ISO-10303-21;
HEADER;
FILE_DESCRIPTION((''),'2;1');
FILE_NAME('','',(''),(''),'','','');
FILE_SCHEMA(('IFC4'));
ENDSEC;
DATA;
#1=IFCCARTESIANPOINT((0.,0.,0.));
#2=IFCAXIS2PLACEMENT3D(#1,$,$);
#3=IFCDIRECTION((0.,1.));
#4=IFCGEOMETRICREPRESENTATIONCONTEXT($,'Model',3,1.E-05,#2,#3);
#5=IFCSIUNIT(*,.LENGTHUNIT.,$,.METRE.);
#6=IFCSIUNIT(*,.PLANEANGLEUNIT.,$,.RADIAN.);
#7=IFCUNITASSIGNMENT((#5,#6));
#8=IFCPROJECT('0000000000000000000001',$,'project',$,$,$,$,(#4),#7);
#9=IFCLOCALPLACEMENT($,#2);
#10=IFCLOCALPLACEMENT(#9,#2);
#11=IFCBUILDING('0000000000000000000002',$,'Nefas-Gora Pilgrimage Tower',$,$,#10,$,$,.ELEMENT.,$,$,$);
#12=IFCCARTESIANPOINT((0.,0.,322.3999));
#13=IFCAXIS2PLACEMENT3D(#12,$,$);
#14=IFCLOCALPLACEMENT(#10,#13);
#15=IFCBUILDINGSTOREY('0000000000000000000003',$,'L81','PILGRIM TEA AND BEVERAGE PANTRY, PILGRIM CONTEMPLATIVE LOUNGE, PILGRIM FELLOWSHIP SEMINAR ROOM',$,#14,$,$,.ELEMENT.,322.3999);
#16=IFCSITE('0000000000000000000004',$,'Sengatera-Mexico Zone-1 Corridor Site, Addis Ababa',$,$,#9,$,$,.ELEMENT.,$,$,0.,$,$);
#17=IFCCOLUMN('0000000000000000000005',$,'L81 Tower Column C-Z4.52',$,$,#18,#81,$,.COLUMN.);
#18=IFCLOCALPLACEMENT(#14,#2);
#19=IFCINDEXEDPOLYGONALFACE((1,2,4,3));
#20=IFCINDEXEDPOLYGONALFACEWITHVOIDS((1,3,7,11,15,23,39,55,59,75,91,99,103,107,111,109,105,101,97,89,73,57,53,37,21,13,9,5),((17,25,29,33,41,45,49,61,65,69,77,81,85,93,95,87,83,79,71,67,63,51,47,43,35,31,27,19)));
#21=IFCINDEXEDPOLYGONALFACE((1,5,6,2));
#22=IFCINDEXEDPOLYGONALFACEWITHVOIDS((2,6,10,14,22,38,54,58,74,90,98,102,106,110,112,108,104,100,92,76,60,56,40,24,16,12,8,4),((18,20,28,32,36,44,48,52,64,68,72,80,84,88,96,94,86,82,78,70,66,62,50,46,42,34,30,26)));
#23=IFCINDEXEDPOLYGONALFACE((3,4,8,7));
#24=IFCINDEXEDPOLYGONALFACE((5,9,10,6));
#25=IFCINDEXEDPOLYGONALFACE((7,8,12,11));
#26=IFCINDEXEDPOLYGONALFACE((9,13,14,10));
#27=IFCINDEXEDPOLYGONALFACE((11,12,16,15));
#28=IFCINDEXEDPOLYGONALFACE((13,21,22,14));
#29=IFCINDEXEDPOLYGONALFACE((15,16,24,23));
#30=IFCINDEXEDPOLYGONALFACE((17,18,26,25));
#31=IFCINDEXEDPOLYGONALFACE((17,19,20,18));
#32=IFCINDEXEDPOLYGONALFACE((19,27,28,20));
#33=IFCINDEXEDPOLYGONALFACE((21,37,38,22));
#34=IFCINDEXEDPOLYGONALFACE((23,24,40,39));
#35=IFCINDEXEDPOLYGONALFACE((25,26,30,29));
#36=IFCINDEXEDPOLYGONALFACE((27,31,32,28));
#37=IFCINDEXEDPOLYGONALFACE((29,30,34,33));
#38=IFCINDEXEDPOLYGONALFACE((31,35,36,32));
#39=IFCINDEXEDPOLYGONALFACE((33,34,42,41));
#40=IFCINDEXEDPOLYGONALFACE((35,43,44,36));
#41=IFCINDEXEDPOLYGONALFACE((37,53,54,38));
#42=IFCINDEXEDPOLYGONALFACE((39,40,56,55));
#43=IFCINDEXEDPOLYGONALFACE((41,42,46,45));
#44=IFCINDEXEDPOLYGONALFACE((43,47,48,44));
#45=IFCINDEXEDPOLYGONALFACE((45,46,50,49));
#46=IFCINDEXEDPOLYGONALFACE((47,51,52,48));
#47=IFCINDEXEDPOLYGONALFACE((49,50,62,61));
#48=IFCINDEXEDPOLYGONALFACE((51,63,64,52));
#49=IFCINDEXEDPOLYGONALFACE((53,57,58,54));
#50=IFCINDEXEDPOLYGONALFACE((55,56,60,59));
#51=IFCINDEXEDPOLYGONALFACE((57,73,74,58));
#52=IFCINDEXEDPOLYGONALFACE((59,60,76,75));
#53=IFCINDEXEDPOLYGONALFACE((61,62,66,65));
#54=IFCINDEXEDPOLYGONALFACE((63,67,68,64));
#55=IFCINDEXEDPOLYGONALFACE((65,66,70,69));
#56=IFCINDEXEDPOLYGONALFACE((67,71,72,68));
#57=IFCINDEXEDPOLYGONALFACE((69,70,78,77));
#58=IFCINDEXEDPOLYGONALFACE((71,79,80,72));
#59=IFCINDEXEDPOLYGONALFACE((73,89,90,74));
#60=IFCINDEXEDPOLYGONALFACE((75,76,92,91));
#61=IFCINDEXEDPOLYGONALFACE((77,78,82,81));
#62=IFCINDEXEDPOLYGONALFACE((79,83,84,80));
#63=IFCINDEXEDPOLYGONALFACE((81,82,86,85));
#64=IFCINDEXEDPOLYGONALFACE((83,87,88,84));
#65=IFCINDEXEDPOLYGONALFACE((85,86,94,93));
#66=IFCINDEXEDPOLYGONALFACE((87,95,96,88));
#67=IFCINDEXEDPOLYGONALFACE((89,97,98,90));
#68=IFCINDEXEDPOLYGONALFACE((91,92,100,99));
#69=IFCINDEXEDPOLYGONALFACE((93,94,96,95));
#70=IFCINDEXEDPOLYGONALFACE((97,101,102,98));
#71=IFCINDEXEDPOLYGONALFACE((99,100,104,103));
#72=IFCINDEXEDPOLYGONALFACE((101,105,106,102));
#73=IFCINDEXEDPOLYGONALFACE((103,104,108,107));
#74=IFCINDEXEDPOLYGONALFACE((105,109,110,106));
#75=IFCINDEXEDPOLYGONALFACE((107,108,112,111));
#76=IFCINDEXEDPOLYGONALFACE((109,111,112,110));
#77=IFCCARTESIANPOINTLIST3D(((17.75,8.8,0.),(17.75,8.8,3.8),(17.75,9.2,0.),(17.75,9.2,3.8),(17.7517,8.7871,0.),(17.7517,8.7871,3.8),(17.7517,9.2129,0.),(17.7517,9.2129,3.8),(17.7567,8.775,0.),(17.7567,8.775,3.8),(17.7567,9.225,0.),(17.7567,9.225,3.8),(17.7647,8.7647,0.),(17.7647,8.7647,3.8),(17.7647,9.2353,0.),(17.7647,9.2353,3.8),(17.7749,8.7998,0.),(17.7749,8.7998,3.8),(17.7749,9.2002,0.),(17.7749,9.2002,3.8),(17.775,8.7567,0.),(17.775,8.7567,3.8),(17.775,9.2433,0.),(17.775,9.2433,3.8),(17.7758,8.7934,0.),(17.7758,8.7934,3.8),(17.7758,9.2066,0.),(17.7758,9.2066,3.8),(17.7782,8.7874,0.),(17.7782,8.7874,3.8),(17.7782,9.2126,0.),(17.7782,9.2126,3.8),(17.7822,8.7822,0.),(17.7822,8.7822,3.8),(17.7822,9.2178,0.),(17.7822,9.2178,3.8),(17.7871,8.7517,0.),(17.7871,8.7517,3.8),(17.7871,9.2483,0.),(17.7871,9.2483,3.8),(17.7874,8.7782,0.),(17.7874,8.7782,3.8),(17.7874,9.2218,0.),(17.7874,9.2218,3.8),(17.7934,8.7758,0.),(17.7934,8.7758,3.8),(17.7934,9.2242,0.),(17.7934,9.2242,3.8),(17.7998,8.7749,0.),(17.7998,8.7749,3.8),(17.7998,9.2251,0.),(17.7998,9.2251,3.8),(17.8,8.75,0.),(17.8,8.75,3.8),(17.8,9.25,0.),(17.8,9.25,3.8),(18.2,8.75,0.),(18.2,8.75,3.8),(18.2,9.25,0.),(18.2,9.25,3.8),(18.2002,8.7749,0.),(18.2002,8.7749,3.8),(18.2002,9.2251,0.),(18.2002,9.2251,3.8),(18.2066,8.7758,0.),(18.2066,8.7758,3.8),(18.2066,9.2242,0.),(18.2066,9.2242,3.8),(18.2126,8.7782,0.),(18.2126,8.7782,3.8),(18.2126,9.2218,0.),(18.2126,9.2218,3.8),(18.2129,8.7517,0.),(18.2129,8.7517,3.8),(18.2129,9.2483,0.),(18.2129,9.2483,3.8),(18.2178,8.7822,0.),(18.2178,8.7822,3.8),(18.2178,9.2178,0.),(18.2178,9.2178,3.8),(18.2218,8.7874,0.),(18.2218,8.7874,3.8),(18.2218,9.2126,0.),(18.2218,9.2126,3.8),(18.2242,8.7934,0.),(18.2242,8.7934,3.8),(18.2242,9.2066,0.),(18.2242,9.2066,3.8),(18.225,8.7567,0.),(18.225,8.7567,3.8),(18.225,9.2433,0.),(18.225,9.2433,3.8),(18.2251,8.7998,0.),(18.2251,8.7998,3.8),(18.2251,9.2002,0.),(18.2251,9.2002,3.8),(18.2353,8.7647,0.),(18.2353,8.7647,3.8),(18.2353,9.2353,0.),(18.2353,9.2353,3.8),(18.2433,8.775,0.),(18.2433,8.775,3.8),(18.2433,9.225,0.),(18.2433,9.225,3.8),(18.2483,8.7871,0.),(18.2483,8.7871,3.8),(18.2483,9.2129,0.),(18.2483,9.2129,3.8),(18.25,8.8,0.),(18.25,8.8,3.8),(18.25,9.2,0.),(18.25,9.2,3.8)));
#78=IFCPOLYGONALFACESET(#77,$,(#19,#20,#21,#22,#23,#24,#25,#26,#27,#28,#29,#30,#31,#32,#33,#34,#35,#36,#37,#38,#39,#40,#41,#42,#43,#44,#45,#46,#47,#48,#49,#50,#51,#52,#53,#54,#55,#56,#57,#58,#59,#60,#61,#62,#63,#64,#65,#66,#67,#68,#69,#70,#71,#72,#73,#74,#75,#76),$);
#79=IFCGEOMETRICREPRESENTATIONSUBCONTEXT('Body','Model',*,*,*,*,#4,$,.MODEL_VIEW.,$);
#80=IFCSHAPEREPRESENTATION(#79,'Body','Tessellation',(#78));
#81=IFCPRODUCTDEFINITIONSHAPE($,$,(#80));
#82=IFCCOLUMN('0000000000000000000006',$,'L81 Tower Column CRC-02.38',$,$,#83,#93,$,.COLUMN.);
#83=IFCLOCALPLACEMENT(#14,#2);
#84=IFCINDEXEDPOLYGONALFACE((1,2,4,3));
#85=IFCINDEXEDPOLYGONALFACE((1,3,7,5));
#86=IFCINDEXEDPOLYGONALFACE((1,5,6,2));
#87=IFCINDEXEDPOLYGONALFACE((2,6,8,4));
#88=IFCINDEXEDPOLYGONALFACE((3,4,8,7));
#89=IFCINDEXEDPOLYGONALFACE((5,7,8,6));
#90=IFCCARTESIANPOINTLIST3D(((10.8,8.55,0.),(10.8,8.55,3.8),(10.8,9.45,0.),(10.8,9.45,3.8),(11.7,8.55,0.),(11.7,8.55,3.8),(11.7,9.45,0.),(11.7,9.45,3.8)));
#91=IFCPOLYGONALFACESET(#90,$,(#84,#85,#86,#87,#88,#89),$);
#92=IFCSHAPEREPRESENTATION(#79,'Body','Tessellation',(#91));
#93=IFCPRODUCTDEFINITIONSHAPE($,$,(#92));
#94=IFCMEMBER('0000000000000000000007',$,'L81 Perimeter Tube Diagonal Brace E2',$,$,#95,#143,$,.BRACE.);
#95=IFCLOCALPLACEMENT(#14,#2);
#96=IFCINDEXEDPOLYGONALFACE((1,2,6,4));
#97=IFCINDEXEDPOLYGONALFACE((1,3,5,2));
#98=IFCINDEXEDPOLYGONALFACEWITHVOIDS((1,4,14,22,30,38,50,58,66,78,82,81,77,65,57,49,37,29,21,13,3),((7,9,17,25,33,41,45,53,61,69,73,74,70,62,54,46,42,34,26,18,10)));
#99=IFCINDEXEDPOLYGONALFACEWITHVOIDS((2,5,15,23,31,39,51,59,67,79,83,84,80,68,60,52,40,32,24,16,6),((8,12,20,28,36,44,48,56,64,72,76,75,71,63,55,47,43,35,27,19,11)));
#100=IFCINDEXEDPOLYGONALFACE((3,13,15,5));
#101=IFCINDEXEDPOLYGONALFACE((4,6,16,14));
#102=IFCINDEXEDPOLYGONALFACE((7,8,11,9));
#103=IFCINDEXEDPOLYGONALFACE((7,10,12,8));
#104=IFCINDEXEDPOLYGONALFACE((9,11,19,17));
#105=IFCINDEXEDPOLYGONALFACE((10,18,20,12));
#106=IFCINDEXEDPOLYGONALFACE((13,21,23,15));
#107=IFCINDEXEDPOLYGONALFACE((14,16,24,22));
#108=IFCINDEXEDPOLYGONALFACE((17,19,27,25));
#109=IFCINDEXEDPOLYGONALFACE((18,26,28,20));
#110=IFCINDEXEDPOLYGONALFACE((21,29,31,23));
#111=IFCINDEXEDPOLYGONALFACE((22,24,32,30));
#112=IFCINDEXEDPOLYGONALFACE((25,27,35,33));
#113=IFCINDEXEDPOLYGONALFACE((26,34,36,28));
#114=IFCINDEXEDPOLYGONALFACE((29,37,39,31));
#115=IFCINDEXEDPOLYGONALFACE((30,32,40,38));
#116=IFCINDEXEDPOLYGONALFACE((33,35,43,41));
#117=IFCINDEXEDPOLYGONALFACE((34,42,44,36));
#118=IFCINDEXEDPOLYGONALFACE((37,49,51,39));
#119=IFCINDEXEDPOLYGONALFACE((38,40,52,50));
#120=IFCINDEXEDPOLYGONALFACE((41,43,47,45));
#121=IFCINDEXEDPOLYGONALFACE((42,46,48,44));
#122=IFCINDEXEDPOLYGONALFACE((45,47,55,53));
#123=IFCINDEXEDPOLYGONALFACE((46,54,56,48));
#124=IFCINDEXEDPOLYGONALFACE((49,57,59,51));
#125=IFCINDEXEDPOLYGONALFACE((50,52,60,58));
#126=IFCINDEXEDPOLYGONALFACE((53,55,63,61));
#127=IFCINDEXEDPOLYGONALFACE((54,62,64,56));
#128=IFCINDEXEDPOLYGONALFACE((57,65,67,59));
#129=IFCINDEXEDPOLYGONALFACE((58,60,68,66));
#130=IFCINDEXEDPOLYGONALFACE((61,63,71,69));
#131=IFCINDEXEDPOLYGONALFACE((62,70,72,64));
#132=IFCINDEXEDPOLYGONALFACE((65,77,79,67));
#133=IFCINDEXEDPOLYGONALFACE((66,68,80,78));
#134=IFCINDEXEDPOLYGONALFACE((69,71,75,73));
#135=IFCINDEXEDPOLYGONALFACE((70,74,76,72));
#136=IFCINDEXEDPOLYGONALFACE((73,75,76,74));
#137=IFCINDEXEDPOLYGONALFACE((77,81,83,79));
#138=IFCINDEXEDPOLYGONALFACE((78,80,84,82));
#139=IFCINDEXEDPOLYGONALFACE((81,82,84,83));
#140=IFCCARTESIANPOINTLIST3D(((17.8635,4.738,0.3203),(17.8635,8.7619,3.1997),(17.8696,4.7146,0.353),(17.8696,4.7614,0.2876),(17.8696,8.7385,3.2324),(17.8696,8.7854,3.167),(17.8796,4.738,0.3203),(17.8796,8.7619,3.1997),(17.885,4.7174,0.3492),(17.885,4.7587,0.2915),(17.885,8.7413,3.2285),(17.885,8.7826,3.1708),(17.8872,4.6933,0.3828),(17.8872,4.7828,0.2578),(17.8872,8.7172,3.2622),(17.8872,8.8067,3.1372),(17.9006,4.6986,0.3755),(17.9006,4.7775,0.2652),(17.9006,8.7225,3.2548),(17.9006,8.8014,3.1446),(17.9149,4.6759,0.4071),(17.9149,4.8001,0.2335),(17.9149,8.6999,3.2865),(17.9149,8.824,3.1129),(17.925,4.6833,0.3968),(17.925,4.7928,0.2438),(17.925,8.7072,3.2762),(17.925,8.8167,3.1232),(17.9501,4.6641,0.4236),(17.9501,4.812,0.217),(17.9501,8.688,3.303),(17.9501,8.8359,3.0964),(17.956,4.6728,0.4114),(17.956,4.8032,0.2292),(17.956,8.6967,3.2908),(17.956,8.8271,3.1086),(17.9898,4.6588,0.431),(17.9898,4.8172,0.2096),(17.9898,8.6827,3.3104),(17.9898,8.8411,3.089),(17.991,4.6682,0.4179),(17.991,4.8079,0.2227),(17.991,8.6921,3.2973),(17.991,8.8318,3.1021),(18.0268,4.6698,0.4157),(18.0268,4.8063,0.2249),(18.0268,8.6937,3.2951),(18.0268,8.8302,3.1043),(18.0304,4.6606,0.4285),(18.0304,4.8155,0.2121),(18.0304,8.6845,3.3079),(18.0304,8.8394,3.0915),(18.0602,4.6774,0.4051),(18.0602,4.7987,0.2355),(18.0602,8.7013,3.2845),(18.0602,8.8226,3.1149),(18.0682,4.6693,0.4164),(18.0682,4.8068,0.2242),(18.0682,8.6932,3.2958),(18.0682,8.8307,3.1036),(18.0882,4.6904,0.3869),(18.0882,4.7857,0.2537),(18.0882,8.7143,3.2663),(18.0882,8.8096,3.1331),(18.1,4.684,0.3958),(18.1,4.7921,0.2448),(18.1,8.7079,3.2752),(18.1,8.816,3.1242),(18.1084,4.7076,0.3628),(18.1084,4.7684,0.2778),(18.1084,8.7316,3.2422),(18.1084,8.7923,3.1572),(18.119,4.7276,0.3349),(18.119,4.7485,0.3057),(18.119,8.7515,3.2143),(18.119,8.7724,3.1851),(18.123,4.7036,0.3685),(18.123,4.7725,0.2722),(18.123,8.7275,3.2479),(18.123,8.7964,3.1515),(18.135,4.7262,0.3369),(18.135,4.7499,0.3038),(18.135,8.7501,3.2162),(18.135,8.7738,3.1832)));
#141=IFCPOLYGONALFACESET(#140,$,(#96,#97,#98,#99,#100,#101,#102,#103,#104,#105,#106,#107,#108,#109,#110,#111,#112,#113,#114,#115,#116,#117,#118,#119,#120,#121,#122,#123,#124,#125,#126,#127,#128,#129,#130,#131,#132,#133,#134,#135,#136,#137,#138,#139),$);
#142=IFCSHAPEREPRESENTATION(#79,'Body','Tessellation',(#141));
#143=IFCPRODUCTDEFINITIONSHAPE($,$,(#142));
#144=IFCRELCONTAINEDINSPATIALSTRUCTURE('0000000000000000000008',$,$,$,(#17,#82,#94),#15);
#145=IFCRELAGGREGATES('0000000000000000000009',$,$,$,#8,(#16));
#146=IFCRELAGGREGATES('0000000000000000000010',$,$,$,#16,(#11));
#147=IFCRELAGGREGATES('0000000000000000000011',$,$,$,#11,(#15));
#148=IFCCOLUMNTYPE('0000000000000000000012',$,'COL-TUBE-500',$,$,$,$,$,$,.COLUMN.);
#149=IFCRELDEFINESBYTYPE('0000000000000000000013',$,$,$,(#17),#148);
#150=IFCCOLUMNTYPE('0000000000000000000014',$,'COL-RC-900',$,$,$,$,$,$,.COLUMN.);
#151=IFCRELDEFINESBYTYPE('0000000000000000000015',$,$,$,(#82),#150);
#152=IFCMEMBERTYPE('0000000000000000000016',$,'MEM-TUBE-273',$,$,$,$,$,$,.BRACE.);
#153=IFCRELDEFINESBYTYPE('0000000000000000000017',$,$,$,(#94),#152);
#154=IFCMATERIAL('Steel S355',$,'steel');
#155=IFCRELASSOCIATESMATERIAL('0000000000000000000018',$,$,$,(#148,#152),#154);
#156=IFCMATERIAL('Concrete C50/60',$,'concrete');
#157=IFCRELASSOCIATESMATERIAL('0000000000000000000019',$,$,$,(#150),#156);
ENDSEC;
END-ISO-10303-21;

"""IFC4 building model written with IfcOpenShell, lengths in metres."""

from ifc_helpers import new_model, si_unit, direction, frame, origin, origin_2d, place, context, subcontext, project, spatial, rectangle, hollow_rectangle, hollow_circle, extrude, source, transform, mapped, material, material_profile, profile_set, type_object, element, save


model = new_model("IFC4")

# Units and contexts
model_context = context("Model", 3, precision=1e-05, world=origin(), true_north=direction((0.0, 1.0)))
body_context = subcontext(model_context, "Body", "Model", "MODEL_VIEW")
ifc_project = project(units=[si_unit("LENGTHUNIT", "METRE"), si_unit("PLANEANGLEUNIT", "RADIAN")], contexts=[model_context])

# Site, building, storey
site_placement = place(None, origin())
site = spatial("IfcSite", under=ifc_project, at=site_placement, Name="Sengatera-Mexico Zone-1 Corridor Site, Addis Ababa", CompositionType="ELEMENT", RefElevation=0.0)
building_placement = place(site_placement, origin())
building = spatial("IfcBuilding", under=site, at=building_placement, Name="Nefas-Gora Pilgrimage Tower", CompositionType="ELEMENT")
storey_placement = place(building_placement, frame((0.0, 0.0, 322.3999)))
storey = spatial("IfcBuildingStorey", under=building, at=storey_placement, Name="L81", Description="PILGRIM TEA AND BEVERAGE PANTRY, PILGRIM CONTEMPLATIVE LOUNGE, PILGRIM FELLOWSHIP SEMINAR ROOM", CompositionType="ELEMENT", Elevation=322.3999)

# Columns
ifc_material_1 = material(Name="Steel S355", Category="steel")
ifc_material_profile_1 = material_profile(ifc_material_1, hollow_rectangle(XDim=0.5, YDim=0.5, WallThickness=0.0249, InnerFilletRadius=0.0249, OuterFilletRadius=0.05, at=origin_2d()), Name="SHS 500x500x25")
ifc_profile_set_1 = profile_set([ifc_material_profile_1], Name="Steel S355")
column_type_1 = type_object("IfcColumnType", Name="COL-TUBE-500", PredefinedType="COLUMN", material=ifc_profile_set_1)
shared_shape_1 = source(origin(), body_context, "Body", "SweptSolid", [
    extrude(hollow_rectangle(XDim=0.5, YDim=0.5, WallThickness=0.0249, InnerFilletRadius=0.0249, OuterFilletRadius=0.05, at=origin_2d()), origin(), (0.0, 0.0, 1.0), 3.8),
])
for number, where, z_axis, x_axis, name in (
    (1, (18.0, 9.0, 0.0), (0.0, 0.0, 1.0), (1.0, 0.0, 0.0), "L81 Tower Column C-Z4.52"),
):
    element("IfcColumn", number, at=place(storey_placement, frame(where, z_axis=z_axis, x_axis=x_axis)), inside=storey, type_object=column_type_1, Name=name, PredefinedType="COLUMN", context=body_context, shape_type="MappedRepresentation", body=[
        mapped(shared_shape_1, transform((0.0, 0.0, 0.0), x_axis=(1.0, 0.0, 0.0), y_axis=(0.0, 1.0, 0.0), z_axis=(0.0, 0.0, 1.0), scale=1.0)),
    ])
ifc_material_2 = material(Name="Concrete C50/60", Category="concrete")
ifc_material_profile_2 = material_profile(ifc_material_2, rectangle(XDim=0.8999, YDim=0.8999, at=origin_2d()), Name="RC 900x900")
ifc_profile_set_2 = profile_set([ifc_material_profile_2], Name="Concrete C50/60")
column_type_2 = type_object("IfcColumnType", Name="COL-RC-900", PredefinedType="COLUMN", material=ifc_profile_set_2)
shared_shape_2 = source(origin(), body_context, "Body", "SweptSolid", [
    extrude(rectangle(XDim=0.8999, YDim=0.8999, at=origin_2d()), origin(), (0.0, 0.0, 1.0), 3.8),
])
column_placement = place(storey_placement, frame((11.25, 9.0, 0.0), z_axis=(0.0, 0.0, 1.0), x_axis=(1.0, 0.0, 0.0)))
element("IfcColumn", 2, at=column_placement, inside=storey, type_object=column_type_2, Name="L81 Tower Column CRC-02.38", PredefinedType="COLUMN", context=body_context, shape_type="MappedRepresentation", body=[
    mapped(shared_shape_2, transform((0.0, 0.0, 0.0), x_axis=(1.0, 0.0, 0.0), y_axis=(0.0, 1.0, 0.0), z_axis=(0.0, 0.0, 1.0), scale=1.0)),
])

# Member
ifc_material_profile_3 = material_profile(ifc_material_1, hollow_circle(Radius=0.1365, WallThickness=0.0161, at=origin_2d()), Name="CHS 273x16")
ifc_profile_set_3 = profile_set([ifc_material_profile_3], Name="Steel S355")
member_type_1 = type_object("IfcMemberType", Name="MEM-TUBE-273", PredefinedType="BRACE", material=ifc_profile_set_3)
shared_shape_3 = source(origin(), body_context, "Body", "SweptSolid", [
    extrude(hollow_circle(Radius=0.1365, WallThickness=0.0161, at=origin_2d()), origin(), (0.0, 0.0, 1.0), 4.948),
])
member_1_placement = place(storey_placement, frame((18.0, 4.738, 0.3203), z_axis=(0.0, 0.81324, 0.581929), x_axis=(-1.0, 0.0, 0.0)))
element("IfcMember", 3, at=member_1_placement, inside=storey, type_object=member_type_1, Name="L81 Perimeter Tube Diagonal Brace E2", PredefinedType="BRACE", context=body_context, shape_type="MappedRepresentation", body=[
    mapped(shared_shape_3, transform((0.0, 0.0, 0.0), x_axis=(1.0, 0.0, 0.0), y_axis=(0.0, 1.0, 0.0), z_axis=(0.0, 0.0, 1.0), scale=1.0)),
])

save(model, "model.ifc")
